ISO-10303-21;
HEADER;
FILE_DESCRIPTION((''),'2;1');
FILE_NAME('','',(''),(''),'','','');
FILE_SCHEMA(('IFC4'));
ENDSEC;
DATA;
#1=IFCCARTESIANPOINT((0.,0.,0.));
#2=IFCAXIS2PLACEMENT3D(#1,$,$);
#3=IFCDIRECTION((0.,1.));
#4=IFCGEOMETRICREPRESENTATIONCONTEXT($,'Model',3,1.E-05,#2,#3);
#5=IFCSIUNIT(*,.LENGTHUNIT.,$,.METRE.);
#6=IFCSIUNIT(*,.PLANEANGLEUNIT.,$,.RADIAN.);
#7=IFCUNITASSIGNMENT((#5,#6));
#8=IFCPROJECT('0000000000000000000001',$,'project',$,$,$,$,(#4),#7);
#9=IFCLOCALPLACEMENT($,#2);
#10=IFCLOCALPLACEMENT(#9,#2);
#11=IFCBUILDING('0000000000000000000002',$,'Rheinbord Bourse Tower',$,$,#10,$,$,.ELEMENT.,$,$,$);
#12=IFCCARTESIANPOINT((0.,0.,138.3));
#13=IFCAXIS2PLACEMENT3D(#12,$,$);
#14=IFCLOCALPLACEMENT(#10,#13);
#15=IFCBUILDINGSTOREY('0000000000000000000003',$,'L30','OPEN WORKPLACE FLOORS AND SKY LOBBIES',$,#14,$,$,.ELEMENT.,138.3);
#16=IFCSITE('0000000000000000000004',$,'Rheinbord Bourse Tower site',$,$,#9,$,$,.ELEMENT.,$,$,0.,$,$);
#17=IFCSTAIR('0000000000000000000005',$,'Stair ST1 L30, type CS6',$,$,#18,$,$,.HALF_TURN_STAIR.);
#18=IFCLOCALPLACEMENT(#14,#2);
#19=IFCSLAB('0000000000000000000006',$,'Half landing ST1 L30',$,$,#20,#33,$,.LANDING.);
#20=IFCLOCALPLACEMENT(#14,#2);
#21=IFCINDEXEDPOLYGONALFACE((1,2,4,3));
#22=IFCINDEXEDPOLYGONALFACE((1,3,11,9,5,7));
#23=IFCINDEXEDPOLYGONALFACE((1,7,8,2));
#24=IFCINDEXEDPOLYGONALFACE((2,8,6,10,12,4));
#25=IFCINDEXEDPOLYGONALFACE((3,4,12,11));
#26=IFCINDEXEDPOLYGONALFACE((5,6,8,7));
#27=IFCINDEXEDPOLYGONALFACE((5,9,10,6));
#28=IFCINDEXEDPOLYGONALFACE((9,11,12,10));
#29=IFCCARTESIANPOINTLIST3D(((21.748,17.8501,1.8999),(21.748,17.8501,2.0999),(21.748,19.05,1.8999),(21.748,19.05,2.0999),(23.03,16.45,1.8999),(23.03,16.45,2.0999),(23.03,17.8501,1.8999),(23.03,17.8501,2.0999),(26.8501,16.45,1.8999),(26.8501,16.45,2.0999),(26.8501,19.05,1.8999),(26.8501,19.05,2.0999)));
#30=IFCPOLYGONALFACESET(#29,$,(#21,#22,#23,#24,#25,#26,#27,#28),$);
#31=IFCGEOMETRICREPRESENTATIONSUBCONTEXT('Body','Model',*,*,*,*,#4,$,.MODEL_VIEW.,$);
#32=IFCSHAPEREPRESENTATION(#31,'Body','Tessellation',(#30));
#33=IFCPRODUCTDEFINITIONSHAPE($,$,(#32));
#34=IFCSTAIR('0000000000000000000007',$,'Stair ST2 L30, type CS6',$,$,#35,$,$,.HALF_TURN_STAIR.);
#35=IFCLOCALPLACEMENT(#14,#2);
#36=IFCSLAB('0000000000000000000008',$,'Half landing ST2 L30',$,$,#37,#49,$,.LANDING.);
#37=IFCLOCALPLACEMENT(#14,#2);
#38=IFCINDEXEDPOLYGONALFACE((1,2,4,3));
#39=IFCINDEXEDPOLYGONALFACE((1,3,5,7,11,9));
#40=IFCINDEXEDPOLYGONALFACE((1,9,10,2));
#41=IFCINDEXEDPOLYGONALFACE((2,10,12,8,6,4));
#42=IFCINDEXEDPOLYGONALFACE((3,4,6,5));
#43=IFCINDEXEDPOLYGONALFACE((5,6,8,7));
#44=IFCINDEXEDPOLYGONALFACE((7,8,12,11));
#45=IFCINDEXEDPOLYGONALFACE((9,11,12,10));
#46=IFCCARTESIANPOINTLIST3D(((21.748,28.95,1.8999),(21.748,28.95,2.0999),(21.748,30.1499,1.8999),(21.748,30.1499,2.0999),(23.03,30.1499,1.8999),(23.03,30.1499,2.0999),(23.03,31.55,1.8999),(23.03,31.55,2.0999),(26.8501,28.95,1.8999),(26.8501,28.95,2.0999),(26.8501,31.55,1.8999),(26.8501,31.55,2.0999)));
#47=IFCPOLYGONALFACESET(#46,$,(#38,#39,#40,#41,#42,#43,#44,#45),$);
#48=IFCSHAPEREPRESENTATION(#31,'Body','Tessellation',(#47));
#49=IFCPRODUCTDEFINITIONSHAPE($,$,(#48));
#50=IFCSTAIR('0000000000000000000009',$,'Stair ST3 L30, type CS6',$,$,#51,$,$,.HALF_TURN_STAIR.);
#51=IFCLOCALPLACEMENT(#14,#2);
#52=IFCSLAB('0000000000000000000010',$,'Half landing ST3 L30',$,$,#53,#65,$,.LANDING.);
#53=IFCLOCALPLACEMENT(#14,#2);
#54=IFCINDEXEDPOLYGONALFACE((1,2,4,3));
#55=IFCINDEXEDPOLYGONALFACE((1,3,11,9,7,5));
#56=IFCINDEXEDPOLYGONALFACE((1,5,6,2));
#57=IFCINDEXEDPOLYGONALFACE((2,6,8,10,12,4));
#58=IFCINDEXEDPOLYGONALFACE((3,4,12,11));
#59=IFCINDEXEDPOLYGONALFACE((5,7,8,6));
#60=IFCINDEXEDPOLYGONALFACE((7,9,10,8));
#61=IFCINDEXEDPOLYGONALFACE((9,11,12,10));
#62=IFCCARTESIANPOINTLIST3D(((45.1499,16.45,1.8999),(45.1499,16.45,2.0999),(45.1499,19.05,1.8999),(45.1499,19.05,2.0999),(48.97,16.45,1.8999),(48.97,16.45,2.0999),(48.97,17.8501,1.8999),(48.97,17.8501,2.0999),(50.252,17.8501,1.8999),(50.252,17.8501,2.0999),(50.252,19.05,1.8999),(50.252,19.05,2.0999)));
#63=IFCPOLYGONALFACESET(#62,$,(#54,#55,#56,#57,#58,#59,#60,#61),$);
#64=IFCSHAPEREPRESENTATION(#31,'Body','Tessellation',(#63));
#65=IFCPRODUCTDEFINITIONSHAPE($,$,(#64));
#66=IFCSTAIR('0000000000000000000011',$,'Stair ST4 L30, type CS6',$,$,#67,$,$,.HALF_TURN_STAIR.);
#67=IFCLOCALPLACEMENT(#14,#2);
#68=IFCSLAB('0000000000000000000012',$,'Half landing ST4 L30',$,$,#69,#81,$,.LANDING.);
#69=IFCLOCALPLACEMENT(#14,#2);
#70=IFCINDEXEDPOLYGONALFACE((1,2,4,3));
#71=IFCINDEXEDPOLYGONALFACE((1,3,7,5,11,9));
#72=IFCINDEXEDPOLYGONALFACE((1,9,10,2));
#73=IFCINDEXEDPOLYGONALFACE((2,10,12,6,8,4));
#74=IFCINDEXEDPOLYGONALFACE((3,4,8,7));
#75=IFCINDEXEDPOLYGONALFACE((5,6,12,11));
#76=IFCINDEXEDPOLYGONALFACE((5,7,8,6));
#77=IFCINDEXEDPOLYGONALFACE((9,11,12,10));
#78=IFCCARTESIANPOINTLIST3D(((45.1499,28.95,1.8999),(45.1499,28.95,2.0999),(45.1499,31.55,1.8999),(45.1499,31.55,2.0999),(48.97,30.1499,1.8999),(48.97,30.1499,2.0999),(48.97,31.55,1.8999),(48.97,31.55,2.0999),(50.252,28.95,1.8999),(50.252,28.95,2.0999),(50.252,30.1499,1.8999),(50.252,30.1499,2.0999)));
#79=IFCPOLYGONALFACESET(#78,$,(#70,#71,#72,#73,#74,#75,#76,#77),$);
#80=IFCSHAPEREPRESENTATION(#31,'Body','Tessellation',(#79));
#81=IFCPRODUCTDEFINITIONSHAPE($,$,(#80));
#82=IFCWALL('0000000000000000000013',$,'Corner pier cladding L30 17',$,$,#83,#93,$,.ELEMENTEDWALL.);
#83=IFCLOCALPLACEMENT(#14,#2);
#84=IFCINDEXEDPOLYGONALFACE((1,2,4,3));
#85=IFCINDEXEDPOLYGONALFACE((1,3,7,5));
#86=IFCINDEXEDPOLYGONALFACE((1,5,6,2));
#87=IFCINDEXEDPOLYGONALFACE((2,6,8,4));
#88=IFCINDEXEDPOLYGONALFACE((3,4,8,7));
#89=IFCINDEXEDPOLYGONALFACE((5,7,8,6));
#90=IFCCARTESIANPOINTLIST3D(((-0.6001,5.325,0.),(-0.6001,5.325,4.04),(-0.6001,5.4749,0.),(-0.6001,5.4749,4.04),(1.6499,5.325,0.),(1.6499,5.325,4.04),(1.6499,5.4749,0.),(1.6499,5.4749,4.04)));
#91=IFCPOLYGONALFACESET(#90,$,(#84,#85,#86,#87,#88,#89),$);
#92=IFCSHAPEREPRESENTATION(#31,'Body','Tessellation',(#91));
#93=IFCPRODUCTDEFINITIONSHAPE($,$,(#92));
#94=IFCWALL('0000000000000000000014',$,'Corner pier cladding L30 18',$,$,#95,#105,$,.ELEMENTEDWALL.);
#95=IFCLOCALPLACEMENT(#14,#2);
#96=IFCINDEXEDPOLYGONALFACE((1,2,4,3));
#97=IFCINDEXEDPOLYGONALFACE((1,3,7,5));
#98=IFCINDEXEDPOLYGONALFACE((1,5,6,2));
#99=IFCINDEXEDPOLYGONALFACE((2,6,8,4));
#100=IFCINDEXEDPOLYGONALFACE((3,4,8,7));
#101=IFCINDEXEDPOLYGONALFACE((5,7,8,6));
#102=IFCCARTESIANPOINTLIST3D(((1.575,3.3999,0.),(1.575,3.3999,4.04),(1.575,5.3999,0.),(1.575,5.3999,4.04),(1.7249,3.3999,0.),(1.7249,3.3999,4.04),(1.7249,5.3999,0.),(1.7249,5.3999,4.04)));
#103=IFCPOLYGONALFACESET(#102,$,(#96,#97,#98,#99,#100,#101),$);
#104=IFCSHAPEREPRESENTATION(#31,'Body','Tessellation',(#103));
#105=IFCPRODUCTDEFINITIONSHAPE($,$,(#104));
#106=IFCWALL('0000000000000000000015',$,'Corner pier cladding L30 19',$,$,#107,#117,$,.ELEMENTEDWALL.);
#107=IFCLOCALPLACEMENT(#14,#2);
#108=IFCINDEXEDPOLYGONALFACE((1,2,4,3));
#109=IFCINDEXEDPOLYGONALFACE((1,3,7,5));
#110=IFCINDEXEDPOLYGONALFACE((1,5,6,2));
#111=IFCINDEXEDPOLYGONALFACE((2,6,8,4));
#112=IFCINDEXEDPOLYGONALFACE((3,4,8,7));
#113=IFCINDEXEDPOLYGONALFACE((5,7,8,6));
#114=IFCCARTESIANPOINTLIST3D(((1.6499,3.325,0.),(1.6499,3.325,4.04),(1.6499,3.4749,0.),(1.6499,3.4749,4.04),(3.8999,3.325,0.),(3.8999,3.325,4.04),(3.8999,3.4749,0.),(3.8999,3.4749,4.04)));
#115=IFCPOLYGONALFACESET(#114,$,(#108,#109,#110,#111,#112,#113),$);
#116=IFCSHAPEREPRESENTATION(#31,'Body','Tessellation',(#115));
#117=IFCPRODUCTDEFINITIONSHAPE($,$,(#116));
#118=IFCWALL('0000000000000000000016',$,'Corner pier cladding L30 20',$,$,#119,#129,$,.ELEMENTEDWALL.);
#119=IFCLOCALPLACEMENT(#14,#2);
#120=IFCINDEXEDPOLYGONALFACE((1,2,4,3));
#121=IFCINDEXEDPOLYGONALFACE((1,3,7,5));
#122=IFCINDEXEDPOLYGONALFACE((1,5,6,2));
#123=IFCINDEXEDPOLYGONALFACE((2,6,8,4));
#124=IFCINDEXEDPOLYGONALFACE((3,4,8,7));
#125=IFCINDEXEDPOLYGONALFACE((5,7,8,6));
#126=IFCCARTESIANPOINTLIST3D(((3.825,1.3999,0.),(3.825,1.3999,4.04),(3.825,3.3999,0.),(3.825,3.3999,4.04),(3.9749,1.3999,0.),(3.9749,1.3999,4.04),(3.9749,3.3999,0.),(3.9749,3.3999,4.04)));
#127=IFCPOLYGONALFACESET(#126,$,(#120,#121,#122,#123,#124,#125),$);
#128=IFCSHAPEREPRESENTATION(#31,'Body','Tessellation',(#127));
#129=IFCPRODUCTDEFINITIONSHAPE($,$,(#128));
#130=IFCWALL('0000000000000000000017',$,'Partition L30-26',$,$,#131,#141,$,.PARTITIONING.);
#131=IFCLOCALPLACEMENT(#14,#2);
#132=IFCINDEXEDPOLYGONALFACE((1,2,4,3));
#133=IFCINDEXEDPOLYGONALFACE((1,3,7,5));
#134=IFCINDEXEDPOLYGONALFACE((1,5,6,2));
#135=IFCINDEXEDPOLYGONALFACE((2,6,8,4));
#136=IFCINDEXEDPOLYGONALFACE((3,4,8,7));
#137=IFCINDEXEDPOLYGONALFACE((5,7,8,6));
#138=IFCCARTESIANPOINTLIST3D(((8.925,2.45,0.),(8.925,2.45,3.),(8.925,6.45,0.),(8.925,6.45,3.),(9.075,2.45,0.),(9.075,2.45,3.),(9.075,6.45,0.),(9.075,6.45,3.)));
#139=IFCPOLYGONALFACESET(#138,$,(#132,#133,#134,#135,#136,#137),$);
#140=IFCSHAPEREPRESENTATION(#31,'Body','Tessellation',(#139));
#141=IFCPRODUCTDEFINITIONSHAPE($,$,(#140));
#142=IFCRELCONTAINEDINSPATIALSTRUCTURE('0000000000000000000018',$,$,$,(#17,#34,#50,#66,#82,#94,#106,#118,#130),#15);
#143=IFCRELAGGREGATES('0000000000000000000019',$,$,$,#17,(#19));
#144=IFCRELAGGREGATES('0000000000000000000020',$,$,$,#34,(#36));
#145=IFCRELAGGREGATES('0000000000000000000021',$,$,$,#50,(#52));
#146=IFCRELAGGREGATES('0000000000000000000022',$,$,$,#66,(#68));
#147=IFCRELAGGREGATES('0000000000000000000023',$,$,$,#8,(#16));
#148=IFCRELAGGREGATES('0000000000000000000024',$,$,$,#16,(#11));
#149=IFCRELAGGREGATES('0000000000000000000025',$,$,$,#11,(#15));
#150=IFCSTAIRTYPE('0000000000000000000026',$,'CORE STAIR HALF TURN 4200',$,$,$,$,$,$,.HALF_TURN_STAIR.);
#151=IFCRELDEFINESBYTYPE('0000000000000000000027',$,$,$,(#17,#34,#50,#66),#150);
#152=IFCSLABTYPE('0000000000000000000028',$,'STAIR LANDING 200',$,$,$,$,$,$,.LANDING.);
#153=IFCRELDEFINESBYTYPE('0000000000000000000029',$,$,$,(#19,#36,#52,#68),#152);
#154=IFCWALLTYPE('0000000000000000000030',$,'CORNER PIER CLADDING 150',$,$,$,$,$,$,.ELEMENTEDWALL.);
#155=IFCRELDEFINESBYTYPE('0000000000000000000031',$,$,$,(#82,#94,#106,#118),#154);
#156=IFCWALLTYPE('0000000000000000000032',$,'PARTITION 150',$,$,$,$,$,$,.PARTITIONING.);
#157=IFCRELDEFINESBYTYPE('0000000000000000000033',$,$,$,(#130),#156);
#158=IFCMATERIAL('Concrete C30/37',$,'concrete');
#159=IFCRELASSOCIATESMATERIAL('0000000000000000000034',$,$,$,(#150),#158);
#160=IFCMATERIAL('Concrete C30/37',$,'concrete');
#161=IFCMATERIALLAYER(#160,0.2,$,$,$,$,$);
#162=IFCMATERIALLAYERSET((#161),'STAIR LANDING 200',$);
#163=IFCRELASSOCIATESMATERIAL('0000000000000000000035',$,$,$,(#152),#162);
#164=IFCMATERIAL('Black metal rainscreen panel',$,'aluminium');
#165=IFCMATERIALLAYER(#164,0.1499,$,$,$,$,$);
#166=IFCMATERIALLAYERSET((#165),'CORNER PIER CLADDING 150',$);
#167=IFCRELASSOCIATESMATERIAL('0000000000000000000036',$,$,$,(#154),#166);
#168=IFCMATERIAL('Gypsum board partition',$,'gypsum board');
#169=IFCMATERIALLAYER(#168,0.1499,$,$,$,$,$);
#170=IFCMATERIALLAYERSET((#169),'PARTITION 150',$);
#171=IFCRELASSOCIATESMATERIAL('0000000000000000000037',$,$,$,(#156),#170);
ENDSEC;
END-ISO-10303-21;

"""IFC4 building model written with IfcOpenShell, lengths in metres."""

from ifc_helpers import new_model, si_unit, direction, frame, frame_2d, origin, place, context, subcontext, project, spatial, polyline, rectangle, outline, extrude, material, layer, layer_set, type_object, element, aggregate, save


model = new_model("IFC4")

# Units and contexts
model_context = context("Model", 3, precision=1e-05, world=origin(), true_north=direction((0.0, 1.0)))
body_context = subcontext(model_context, "Body", "Model", "MODEL_VIEW")
ifc_project = project(units=[si_unit("LENGTHUNIT", "METRE"), si_unit("PLANEANGLEUNIT", "RADIAN")], contexts=[model_context])

# Site, building, storey
site_placement = place(None, origin())
site = spatial("IfcSite", under=ifc_project, at=site_placement, Name="Rheinbord Bourse Tower site", CompositionType="ELEMENT", RefElevation=0.0)
building_placement = place(site_placement, origin())
building = spatial("IfcBuilding", under=site, at=building_placement, Name="Rheinbord Bourse Tower", CompositionType="ELEMENT")
storey_placement = place(building_placement, frame((0.0, 0.0, 138.3)))
storey = spatial("IfcBuildingStorey", under=building, at=storey_placement, Name="L30", Description="OPEN WORKPLACE FLOORS AND SKY LOBBIES", CompositionType="ELEMENT", Elevation=138.3)

# Stairs, slabs
ifc_material_1 = material(Name="Concrete C30/37", Category="concrete")
stair_type = type_object("IfcStairType", Name="CORE STAIR HALF TURN 4200", PredefinedType="HALF_TURN_STAIR", material=ifc_material_1)
stair_1_placement = place(storey_placement, origin())
stair_1 = element("IfcStair", 1, at=stair_1_placement, inside=storey, type_object=stair_type, Name="Stair ST1 L30, type CS6", PredefinedType="HALF_TURN_STAIR")
ifc_material_2 = material(Name="Concrete C30/37", Category="concrete")
ifc_layer_1 = layer(ifc_material_2, 0.2)
ifc_layer_set_1 = layer_set([ifc_layer_1], Name="STAIR LANDING 200")
slab_type_1 = type_object("IfcSlabType", Name="STAIR LANDING 200", PredefinedType="LANDING", material=ifc_layer_set_1)
slab_1_placement = place(storey_placement, frame((0.0, 0.0, 1.8999)))
slab_1 = element("IfcSlab", 2, at=slab_1_placement, type_object=slab_type_1, Name="Half landing ST1 L30", PredefinedType="LANDING", context=body_context, shape_type="SweptSolid", body=[
    extrude(outline(polyline([(23.03, 16.45), (26.8501, 16.45), (26.8501, 19.05), (21.748, 19.05), (21.748, 17.8501), (23.03, 17.8501), (23.03, 16.45)])), origin(), (0.0, 0.0, 1.0), 0.2),
])
aggregate(stair_1, [slab_1])
stair_2_placement = place(storey_placement, origin())
stair_2 = element("IfcStair", 3, at=stair_2_placement, inside=storey, type_object=stair_type, Name="Stair ST2 L30, type CS6", PredefinedType="HALF_TURN_STAIR")
slab_2_placement = place(storey_placement, frame((0.0, 0.0, 1.8999)))
slab_2 = element("IfcSlab", 4, at=slab_2_placement, type_object=slab_type_1, Name="Half landing ST2 L30", PredefinedType="LANDING", context=body_context, shape_type="SweptSolid", body=[
    extrude(outline(polyline([(21.748, 28.95), (26.8501, 28.95), (26.8501, 31.55), (23.03, 31.55), (23.03, 30.1499), (21.748, 30.1499), (21.748, 28.95)])), origin(), (0.0, 0.0, 1.0), 0.2),
])
aggregate(stair_2, [slab_2])
stair_3_placement = place(storey_placement, origin())
stair_3 = element("IfcStair", 5, at=stair_3_placement, inside=storey, type_object=stair_type, Name="Stair ST3 L30, type CS6", PredefinedType="HALF_TURN_STAIR")
slab_3_placement = place(storey_placement, frame((0.0, 0.0, 1.8999)))
slab_3 = element("IfcSlab", 6, at=slab_3_placement, type_object=slab_type_1, Name="Half landing ST3 L30", PredefinedType="LANDING", context=body_context, shape_type="SweptSolid", body=[
    extrude(outline(polyline([(45.1499, 16.45), (48.97, 16.45), (48.97, 17.8501), (50.252, 17.8501), (50.252, 19.05), (45.1499, 19.05), (45.1499, 16.45)])), origin(), (0.0, 0.0, 1.0), 0.2),
])
aggregate(stair_3, [slab_3])
stair_4_placement = place(storey_placement, origin())
stair_4 = element("IfcStair", 7, at=stair_4_placement, inside=storey, type_object=stair_type, Name="Stair ST4 L30, type CS6", PredefinedType="HALF_TURN_STAIR")
slab_4_placement = place(storey_placement, frame((0.0, 0.0, 1.8999)))
slab_4 = element("IfcSlab", 8, at=slab_4_placement, type_object=slab_type_1, Name="Half landing ST4 L30", PredefinedType="LANDING", context=body_context, shape_type="SweptSolid", body=[
    extrude(outline(polyline([(45.1499, 28.95), (50.252, 28.95), (50.252, 30.1499), (48.97, 30.1499), (48.97, 31.55), (45.1499, 31.55), (45.1499, 28.95)])), origin(), (0.0, 0.0, 1.0), 0.2),
])
aggregate(stair_4, [slab_4])

# Walls
ifc_material_3 = material(Name="Black metal rainscreen panel", Category="aluminium")
ifc_layer_2 = layer(ifc_material_3, 0.1499)
ifc_layer_set_2 = layer_set([ifc_layer_2], Name="CORNER PIER CLADDING 150")
wall_type_1 = type_object("IfcWallType", Name="CORNER PIER CLADDING 150", PredefinedType="ELEMENTEDWALL", material=ifc_layer_set_2)
wall_1_placement = place(storey_placement, frame((-0.6001, 5.3999, 0.0), z_axis=(0.0, 0.0, 1.0), x_axis=(1.0, 0.0, 0.0)))
element("IfcWall", 9, at=wall_1_placement, inside=storey, type_object=wall_type_1, Name="Corner pier cladding L30 17", PredefinedType="ELEMENTEDWALL", context=body_context, shape_type="SweptSolid", body=[
    extrude(rectangle(XDim=2.25, YDim=0.1499, at=frame_2d((1.125, 0.0))), origin(), (0.0, 0.0, 1.0), 4.04),
])
wall_2_placement = place(storey_placement, frame((1.6499, 5.3999, 0.0), z_axis=(0.0, 0.0, 1.0), x_axis=(0.0, -1.0, 0.0)))
element("IfcWall", 10, at=wall_2_placement, inside=storey, type_object=wall_type_1, Name="Corner pier cladding L30 18", PredefinedType="ELEMENTEDWALL", context=body_context, shape_type="SweptSolid", body=[
    extrude(rectangle(XDim=2.0, YDim=0.1499, at=frame_2d((1.0, 0.0))), origin(), (0.0, 0.0, 1.0), 4.04),
])
wall_3_placement = place(storey_placement, frame((1.6499, 3.3999, 0.0), z_axis=(0.0, 0.0, 1.0), x_axis=(1.0, 0.0, 0.0)))
element("IfcWall", 11, at=wall_3_placement, inside=storey, type_object=wall_type_1, Name="Corner pier cladding L30 19", PredefinedType="ELEMENTEDWALL", context=body_context, shape_type="SweptSolid", body=[
    extrude(rectangle(XDim=2.25, YDim=0.1499, at=frame_2d((1.125, 0.0))), origin(), (0.0, 0.0, 1.0), 4.04),
])
wall_4_placement = place(storey_placement, frame((3.8999, 3.3999, 0.0), z_axis=(0.0, 0.0, 1.0), x_axis=(0.0, -1.0, 0.0)))
element("IfcWall", 12, at=wall_4_placement, inside=storey, type_object=wall_type_1, Name="Corner pier cladding L30 20", PredefinedType="ELEMENTEDWALL", context=body_context, shape_type="SweptSolid", body=[
    extrude(rectangle(XDim=2.0, YDim=0.1499, at=frame_2d((1.0, 0.0))), origin(), (0.0, 0.0, 1.0), 4.04),
])
ifc_material_4 = material(Name="Gypsum board partition", Category="gypsum board")
ifc_layer_3 = layer(ifc_material_4, 0.1499)
ifc_layer_set_3 = layer_set([ifc_layer_3], Name="PARTITION 150")
wall_type_2 = type_object("IfcWallType", Name="PARTITION 150", PredefinedType="PARTITIONING", material=ifc_layer_set_3)
wall_5_placement = place(storey_placement, frame((9.0, 2.45, 0.0), z_axis=(0.0, 0.0, 1.0), x_axis=(0.0, 1.0, 0.0)))
element("IfcWall", 13, at=wall_5_placement, inside=storey, type_object=wall_type_2, Name="Partition L30-26", PredefinedType="PARTITIONING", context=body_context, shape_type="SweptSolid", body=[
    extrude(rectangle(XDim=4.0, YDim=0.1499, at=frame_2d((2.0, 0.0))), origin(), (0.0, 0.0, 1.0), 3.0),
])

save(model, "model.ifc")
